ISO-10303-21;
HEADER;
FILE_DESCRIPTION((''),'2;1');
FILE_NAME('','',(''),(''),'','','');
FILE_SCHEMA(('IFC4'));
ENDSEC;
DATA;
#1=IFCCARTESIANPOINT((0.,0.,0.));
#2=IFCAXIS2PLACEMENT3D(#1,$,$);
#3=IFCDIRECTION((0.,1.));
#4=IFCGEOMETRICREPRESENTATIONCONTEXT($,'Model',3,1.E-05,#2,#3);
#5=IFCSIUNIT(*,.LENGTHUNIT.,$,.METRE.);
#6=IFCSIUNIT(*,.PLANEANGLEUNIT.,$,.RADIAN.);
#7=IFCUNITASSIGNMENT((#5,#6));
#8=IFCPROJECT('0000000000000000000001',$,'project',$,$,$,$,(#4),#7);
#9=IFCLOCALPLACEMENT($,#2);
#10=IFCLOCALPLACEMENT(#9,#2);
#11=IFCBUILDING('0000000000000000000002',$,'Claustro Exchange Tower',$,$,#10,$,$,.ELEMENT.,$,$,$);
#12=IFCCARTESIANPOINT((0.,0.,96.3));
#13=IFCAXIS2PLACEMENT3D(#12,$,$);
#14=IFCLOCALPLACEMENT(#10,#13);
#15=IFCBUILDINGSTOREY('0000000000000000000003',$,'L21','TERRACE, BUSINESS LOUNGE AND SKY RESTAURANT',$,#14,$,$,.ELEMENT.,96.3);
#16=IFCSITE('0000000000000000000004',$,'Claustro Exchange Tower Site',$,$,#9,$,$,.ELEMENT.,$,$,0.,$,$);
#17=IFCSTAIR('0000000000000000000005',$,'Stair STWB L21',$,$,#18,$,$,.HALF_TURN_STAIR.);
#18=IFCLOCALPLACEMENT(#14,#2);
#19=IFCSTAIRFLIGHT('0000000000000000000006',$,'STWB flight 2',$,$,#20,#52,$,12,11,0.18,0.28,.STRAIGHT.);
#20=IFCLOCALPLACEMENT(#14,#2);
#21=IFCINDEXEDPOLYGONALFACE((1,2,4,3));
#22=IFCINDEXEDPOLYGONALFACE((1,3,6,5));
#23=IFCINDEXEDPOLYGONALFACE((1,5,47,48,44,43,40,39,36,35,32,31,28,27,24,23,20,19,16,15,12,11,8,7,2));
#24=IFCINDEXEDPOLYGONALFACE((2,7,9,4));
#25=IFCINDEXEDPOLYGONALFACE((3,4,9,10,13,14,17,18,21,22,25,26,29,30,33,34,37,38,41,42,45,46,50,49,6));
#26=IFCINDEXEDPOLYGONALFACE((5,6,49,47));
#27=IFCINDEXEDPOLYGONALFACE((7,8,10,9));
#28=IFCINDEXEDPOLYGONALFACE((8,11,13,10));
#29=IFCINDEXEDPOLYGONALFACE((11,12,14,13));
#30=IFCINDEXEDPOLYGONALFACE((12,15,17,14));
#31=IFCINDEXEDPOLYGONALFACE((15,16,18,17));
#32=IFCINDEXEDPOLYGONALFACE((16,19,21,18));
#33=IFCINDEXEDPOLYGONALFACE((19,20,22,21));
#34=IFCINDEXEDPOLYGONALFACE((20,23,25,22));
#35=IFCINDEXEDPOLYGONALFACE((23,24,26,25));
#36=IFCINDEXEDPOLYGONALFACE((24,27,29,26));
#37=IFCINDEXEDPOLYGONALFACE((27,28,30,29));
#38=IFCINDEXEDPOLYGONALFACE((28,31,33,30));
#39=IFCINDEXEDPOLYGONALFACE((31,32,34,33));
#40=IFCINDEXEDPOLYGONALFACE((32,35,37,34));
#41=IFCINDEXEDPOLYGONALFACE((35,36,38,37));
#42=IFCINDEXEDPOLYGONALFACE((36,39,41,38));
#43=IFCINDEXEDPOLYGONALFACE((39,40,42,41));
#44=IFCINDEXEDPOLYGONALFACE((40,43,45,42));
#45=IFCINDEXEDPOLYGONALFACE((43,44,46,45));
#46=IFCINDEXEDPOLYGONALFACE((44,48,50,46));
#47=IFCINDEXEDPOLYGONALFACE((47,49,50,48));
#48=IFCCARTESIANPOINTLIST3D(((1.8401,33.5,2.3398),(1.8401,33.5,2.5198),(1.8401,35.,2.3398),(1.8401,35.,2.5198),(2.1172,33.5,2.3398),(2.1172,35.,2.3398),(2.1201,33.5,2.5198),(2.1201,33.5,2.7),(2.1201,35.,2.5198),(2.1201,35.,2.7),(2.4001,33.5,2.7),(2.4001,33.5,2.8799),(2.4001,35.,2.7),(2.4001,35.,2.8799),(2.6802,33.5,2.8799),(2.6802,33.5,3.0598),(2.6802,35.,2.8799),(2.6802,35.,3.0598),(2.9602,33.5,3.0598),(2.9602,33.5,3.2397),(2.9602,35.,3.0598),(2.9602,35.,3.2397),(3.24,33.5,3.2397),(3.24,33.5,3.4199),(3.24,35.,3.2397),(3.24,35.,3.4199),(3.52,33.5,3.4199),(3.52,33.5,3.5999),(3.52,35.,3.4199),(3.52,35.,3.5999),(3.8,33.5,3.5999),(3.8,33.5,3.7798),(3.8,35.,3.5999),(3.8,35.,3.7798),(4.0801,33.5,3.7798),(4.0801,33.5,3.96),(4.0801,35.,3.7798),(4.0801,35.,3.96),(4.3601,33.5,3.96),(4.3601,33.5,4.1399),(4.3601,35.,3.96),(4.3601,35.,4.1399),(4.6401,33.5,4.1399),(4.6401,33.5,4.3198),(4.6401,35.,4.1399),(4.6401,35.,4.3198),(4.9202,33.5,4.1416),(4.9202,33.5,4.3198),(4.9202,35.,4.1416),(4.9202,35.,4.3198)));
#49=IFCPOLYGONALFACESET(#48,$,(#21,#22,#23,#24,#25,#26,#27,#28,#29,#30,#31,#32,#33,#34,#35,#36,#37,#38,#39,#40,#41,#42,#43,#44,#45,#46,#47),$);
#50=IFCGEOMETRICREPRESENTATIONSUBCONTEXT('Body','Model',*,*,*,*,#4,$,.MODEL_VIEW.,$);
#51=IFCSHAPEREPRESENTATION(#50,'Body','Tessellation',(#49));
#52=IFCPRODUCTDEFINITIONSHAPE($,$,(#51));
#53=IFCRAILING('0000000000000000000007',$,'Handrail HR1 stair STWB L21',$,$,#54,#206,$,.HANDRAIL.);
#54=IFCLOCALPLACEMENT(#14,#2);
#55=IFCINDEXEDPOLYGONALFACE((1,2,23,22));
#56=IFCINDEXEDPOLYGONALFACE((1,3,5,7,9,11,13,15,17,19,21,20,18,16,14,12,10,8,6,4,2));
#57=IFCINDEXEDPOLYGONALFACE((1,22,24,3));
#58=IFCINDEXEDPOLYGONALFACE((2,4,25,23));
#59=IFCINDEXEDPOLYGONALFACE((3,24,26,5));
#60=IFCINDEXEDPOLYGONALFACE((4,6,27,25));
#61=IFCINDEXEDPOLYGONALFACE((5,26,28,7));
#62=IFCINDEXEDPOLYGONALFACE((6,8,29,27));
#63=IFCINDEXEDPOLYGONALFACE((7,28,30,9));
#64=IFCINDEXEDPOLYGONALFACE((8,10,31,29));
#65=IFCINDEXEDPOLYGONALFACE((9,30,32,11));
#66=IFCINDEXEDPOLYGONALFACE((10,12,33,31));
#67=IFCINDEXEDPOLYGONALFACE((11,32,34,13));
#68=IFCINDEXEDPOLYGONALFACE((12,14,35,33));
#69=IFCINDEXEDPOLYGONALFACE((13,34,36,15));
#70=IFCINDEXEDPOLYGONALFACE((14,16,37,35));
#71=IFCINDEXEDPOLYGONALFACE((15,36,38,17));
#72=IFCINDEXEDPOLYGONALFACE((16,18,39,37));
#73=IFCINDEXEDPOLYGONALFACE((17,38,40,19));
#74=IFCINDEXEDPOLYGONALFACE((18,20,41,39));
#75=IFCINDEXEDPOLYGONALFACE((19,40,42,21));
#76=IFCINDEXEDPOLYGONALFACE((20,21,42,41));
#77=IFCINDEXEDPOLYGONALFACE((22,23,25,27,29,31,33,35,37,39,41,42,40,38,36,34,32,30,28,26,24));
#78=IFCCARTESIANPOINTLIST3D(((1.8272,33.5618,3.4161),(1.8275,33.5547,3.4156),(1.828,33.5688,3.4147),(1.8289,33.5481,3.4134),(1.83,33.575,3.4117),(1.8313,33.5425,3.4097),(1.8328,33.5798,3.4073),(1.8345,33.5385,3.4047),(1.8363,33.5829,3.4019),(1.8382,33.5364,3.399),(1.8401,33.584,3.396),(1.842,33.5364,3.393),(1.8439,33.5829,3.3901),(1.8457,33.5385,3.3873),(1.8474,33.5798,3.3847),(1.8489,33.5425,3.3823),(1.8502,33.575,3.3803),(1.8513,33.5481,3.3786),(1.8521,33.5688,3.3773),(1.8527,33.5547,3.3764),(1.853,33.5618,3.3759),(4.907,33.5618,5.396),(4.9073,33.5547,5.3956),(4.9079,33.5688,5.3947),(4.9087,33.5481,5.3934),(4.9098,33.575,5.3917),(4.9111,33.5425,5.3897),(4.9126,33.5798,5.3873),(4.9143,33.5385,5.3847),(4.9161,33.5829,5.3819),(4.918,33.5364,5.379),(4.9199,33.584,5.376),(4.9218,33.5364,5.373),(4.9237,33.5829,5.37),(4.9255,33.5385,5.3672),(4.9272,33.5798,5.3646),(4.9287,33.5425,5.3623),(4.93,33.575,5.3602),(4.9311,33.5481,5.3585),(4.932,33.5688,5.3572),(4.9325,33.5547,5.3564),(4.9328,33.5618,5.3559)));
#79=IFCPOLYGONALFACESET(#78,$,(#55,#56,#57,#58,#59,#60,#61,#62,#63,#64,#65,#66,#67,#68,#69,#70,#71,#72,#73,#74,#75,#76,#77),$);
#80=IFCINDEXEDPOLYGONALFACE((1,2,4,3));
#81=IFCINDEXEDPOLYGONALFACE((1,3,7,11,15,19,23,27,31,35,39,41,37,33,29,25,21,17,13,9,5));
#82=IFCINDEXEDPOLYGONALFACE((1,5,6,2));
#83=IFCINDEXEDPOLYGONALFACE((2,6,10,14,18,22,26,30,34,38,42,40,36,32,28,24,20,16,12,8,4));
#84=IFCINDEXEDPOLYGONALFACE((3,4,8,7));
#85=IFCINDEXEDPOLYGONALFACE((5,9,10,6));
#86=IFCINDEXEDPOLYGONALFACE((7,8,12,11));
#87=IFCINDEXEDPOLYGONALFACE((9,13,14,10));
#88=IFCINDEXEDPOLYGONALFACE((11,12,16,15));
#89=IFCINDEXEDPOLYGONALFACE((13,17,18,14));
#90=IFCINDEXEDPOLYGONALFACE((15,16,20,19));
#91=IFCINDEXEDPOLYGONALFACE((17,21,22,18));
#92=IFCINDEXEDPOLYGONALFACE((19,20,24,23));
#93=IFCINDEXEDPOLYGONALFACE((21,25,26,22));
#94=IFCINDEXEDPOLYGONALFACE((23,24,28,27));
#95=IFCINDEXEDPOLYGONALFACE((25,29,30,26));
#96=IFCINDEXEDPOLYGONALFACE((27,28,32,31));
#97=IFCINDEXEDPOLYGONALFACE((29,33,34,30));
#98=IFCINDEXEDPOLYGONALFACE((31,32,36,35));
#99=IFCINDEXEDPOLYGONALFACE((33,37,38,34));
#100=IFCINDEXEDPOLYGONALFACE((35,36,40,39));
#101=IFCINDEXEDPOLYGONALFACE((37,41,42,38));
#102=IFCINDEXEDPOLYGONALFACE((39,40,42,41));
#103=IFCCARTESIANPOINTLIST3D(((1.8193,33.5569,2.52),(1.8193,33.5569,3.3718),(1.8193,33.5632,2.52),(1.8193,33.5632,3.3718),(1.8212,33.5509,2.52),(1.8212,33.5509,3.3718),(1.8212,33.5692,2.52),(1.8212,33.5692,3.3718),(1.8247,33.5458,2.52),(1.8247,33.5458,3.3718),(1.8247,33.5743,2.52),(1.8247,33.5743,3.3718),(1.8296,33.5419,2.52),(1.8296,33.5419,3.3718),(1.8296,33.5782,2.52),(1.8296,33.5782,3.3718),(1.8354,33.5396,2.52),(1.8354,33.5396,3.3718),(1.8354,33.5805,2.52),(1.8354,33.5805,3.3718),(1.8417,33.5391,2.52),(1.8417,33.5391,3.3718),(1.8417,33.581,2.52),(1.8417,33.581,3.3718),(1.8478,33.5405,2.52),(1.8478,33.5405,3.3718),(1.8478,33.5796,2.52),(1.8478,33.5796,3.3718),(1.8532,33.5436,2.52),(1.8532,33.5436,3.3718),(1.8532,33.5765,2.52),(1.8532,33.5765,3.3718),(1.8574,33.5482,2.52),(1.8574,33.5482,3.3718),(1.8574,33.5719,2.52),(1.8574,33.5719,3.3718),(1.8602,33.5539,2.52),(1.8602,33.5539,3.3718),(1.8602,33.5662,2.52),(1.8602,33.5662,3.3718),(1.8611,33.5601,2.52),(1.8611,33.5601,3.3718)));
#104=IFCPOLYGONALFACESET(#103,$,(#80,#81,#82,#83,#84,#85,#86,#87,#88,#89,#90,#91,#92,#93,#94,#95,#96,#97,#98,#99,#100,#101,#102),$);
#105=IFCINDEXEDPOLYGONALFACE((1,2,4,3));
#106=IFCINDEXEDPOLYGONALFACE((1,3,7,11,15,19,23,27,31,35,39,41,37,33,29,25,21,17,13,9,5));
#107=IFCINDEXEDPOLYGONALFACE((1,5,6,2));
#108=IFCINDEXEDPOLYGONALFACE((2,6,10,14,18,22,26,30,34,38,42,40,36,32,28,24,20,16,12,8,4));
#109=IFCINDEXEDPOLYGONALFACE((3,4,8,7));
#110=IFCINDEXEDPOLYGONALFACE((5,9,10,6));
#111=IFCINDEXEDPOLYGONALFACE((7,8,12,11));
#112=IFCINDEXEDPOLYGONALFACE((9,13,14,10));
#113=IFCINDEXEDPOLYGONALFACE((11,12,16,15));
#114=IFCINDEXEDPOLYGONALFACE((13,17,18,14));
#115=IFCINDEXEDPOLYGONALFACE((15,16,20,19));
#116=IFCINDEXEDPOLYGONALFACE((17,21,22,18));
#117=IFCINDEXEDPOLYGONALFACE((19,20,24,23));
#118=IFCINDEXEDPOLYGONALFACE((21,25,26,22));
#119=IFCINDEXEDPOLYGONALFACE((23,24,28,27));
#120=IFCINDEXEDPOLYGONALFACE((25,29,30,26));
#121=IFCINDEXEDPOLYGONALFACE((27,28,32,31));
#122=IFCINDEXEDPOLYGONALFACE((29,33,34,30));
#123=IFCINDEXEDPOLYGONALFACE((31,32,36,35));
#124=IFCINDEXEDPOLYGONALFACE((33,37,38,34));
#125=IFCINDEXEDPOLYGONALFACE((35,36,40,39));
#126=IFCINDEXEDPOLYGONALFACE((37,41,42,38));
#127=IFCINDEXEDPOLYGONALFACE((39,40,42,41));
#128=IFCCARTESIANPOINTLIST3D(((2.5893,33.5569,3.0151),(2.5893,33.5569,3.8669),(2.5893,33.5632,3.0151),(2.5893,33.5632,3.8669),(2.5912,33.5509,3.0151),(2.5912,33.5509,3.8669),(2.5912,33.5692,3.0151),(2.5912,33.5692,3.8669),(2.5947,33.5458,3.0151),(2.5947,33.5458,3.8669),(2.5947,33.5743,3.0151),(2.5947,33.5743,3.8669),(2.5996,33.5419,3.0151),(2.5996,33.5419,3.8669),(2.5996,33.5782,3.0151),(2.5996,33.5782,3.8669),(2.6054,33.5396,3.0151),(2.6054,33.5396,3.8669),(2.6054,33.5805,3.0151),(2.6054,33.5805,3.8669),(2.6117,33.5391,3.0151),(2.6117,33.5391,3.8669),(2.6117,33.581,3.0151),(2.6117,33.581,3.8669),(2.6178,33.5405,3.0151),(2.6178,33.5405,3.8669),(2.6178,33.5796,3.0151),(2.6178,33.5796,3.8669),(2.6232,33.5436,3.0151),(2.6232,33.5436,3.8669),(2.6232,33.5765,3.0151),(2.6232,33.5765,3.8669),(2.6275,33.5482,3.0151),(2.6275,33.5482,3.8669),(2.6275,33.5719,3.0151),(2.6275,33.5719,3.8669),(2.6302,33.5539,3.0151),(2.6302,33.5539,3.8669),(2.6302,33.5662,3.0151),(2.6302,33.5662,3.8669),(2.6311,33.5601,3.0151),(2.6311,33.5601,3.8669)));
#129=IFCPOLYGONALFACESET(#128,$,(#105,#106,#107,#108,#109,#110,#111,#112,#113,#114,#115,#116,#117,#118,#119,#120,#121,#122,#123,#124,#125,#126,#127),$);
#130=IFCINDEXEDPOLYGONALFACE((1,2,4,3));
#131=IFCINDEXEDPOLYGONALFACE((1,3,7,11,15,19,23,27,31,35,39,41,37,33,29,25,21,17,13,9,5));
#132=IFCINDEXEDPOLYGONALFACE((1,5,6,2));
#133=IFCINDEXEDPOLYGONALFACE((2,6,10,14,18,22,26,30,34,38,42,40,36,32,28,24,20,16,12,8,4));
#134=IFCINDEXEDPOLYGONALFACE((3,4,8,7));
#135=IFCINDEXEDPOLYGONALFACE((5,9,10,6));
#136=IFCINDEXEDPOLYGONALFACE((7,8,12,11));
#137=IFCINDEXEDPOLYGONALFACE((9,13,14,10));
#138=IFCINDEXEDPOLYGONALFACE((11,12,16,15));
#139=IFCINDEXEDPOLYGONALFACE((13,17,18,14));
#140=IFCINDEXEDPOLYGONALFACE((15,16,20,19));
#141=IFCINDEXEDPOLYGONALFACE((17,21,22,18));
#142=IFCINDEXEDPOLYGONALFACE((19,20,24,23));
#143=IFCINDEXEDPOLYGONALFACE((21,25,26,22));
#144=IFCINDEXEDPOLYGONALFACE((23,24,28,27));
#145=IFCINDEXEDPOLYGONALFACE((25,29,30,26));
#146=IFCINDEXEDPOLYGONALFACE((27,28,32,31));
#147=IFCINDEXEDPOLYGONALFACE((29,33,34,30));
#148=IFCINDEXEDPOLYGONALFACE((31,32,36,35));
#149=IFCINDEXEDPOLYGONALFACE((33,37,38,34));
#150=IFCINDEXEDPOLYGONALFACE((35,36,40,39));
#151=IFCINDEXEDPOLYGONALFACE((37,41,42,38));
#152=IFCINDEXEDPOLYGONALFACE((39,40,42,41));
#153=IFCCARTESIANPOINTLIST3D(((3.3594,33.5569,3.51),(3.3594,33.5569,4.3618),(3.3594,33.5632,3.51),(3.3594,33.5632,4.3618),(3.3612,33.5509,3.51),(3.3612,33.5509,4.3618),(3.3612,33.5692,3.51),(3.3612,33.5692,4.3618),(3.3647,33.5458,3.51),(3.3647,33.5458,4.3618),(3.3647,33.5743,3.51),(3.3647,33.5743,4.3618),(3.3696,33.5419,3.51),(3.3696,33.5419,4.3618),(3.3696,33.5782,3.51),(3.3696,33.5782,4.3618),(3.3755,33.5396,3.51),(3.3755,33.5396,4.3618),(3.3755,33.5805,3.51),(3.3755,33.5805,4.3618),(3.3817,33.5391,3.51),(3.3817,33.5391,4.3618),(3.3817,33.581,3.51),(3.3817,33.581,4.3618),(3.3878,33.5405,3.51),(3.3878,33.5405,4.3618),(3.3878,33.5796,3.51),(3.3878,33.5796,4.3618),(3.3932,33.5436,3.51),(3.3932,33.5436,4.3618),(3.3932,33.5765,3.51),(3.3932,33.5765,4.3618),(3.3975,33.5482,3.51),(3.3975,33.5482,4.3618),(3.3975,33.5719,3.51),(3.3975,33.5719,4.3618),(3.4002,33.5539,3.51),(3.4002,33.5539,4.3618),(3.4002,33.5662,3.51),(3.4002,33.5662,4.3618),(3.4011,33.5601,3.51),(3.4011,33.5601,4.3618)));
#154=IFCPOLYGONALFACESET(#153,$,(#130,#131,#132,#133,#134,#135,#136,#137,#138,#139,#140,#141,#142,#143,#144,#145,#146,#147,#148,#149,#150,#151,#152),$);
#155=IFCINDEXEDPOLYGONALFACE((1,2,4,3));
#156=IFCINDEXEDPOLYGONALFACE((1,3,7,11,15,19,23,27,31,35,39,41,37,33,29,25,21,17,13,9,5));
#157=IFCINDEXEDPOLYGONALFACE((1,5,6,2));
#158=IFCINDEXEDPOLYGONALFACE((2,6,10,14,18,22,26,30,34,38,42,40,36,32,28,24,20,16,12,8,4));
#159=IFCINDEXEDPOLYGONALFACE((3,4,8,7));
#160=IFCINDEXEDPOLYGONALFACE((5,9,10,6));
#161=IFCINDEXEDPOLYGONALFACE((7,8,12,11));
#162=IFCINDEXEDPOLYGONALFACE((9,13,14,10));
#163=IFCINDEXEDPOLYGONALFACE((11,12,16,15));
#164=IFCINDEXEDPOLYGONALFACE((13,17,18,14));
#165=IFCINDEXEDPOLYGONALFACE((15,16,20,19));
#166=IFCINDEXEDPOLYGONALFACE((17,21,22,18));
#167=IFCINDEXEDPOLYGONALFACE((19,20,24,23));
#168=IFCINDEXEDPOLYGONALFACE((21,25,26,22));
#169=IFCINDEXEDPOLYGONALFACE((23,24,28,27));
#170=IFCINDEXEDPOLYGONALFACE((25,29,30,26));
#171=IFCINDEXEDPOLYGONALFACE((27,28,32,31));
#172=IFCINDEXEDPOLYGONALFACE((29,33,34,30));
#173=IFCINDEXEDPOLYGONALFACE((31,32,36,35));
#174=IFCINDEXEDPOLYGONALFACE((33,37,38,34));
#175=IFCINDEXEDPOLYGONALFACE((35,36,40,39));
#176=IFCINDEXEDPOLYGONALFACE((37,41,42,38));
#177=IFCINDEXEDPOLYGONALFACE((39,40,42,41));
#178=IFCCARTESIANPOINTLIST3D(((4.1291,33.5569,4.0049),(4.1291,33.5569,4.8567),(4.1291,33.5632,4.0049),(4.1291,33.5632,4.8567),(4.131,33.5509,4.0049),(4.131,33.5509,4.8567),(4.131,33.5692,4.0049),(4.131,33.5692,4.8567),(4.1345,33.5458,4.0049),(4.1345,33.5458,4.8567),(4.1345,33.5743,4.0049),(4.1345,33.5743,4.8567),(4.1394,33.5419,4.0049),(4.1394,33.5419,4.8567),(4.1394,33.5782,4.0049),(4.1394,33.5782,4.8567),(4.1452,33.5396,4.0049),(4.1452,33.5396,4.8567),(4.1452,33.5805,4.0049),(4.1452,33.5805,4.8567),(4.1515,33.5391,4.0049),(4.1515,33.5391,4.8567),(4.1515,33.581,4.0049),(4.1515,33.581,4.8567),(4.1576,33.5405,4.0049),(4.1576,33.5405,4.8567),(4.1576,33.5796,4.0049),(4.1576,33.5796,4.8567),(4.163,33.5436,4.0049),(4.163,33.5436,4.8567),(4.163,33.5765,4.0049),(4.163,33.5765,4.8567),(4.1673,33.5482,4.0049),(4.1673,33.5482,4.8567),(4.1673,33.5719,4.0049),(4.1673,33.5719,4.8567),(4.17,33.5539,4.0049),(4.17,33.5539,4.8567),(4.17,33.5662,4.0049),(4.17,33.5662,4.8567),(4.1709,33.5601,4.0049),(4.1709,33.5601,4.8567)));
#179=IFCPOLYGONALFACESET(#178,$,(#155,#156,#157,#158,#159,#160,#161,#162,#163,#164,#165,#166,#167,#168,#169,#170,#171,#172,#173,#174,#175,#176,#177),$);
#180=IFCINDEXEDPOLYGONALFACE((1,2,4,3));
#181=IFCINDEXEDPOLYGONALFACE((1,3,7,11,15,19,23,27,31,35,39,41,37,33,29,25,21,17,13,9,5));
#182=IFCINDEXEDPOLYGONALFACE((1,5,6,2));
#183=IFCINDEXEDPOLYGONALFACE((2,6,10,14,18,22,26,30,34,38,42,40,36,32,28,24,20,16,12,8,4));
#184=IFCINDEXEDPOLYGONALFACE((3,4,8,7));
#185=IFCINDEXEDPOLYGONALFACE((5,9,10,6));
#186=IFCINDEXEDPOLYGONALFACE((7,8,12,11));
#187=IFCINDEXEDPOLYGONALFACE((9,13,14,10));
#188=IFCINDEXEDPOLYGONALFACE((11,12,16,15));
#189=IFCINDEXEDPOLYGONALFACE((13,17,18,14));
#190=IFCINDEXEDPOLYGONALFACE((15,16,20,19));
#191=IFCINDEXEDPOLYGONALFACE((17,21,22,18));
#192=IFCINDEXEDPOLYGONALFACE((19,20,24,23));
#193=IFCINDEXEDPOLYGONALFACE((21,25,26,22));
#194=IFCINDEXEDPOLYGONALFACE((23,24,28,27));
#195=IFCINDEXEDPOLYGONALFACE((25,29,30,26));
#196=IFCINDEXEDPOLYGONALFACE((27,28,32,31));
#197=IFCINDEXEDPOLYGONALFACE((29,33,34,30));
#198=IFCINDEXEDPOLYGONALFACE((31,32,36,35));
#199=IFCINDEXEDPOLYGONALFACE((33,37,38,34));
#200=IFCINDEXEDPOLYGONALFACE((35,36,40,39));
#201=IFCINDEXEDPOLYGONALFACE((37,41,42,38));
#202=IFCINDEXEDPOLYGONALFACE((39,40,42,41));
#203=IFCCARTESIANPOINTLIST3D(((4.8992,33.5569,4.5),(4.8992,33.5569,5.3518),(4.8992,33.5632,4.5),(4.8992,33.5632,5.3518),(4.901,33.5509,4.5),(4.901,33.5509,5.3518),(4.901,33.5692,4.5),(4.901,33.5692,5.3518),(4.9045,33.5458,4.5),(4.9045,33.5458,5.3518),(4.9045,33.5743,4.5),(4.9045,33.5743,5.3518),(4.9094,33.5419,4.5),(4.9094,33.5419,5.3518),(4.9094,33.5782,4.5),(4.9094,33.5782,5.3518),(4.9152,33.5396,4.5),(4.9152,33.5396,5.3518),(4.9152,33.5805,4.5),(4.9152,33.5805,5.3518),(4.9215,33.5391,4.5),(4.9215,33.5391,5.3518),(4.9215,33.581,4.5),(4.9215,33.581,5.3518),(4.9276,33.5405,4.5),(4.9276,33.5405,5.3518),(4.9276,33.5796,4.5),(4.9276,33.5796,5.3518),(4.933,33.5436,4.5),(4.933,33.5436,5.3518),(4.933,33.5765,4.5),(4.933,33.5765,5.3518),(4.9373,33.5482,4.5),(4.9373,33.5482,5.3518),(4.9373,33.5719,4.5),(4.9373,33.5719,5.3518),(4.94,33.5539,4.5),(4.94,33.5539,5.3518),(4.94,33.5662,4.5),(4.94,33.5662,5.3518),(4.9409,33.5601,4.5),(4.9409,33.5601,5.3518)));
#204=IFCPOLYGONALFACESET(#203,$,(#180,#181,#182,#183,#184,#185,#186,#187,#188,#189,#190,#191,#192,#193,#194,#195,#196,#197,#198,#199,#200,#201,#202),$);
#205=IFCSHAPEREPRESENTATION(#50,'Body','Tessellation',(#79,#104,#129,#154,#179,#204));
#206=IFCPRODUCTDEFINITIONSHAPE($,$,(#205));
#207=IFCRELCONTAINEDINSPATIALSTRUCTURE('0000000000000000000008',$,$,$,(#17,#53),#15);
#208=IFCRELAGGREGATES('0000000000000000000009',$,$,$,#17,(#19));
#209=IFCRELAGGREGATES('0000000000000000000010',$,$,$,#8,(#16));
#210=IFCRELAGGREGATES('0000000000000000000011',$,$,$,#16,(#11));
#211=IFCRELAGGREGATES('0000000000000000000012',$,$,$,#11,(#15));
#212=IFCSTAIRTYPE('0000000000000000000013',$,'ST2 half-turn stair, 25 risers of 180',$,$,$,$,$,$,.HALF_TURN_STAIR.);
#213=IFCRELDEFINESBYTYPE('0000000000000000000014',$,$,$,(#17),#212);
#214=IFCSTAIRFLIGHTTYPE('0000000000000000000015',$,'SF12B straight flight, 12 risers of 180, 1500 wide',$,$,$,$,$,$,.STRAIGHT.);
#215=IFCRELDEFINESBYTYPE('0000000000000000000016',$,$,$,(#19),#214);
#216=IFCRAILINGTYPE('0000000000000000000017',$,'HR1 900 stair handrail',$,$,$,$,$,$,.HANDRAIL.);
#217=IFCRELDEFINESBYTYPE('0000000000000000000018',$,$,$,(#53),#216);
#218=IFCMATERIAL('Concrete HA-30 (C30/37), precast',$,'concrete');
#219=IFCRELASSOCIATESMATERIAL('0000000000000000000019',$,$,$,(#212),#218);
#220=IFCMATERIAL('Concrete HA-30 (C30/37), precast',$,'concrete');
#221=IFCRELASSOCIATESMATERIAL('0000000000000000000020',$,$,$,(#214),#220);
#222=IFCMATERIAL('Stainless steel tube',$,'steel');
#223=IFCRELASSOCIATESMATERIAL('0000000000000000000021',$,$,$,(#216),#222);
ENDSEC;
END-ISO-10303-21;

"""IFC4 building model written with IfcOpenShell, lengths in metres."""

from ifc_helpers import new_model, si_unit, direction, frame, origin, origin_2d, place, context, subcontext, project, spatial, polyline, circle, outline, extrude, material, type_object, element, aggregate, save


model = new_model("IFC4")

# Units and contexts
model_context = context("Model", 3, precision=1e-05, world=origin(), true_north=direction((0.0, 1.0)))
body_context = subcontext(model_context, "Body", "Model", "MODEL_VIEW")
ifc_project = project(units=[si_unit("LENGTHUNIT", "METRE"), si_unit("PLANEANGLEUNIT", "RADIAN")], contexts=[model_context])

# Site, building, storey
site_placement = place(None, origin())
site = spatial("IfcSite", under=ifc_project, at=site_placement, Name="Claustro Exchange Tower Site", CompositionType="ELEMENT", RefElevation=0.0)
building_placement = place(site_placement, origin())
building = spatial("IfcBuilding", under=site, at=building_placement, Name="Claustro Exchange Tower", CompositionType="ELEMENT")
storey_placement = place(building_placement, frame((0.0, 0.0, 96.3)))
storey = spatial("IfcBuildingStorey", under=building, at=storey_placement, Name="L21", Description="TERRACE, BUSINESS LOUNGE AND SKY RESTAURANT", CompositionType="ELEMENT", Elevation=96.3)

# Stair, stair flight
ifc_material_1 = material(Name="Concrete HA-30 (C30/37), precast", Category="concrete")
stair_type = type_object("IfcStairType", Name="ST2 half-turn stair, 25 risers of 180", PredefinedType="HALF_TURN_STAIR", material=ifc_material_1)
stair_placement = place(storey_placement, origin())
stair = element("IfcStair", 1, at=stair_placement, inside=storey, type_object=stair_type, Name="Stair STWB L21", PredefinedType="HALF_TURN_STAIR")
ifc_material_2 = material(Name="Concrete HA-30 (C30/37), precast", Category="concrete")
stair_flight_type = type_object("IfcStairFlightType", Name="SF12B straight flight, 12 risers of 180, 1500 wide", PredefinedType="STRAIGHT", material=ifc_material_2)
stair_flight_placement = place(storey_placement, frame((1.8401, 34.25, 2.3398), z_axis=(0.0, 0.0, 1.0), x_axis=(1.0, 0.0, 0.0)))
stair_flight = element("IfcStairFlight", 2, at=stair_flight_placement, type_object=stair_flight_type, Name="STWB flight 2", NumberOfRisers=12, NumberOfTreads=11, PredefinedType="STRAIGHT", RiserHeight=0.18, TreadLength=0.28, context=body_context, shape_type="SweptSolid", body=[
    extrude(outline(polyline([(0.0, 0.0), (0.0, 0.1799), (0.28, 0.1799), (0.28, 0.3601), (0.5601, 0.3601), (0.5601, 0.54), (0.8401, 0.54), (0.8401, 0.72), (1.1201, 0.72), (1.1201, 0.8999), (1.3999, 0.8999), (1.3999, 1.0801), (1.6799, 1.0801), (1.6799, 1.26), (1.96, 1.26), (1.96, 1.4399), (2.24, 1.4399), (2.24, 1.6201), (2.52, 1.6201), (2.52, 1.8), (2.8, 1.8), (2.8, 1.98), (3.0801, 1.98), (3.0801, 2.1599), (3.0801, 1.8018), (0.2771, 0.0), (0.0, 0.0)])), frame((0.0, 0.75, 0.0), z_axis=(0.0, -1.0, 0.0), x_axis=(1.0, 0.0, 0.0)), (0.0, 0.0, 1.0), 1.5),
])
aggregate(stair, [stair_flight])

# Railing
ifc_material_3 = material(Name="Stainless steel tube", Category="steel")
railing_type = type_object("IfcRailingType", Name="HR1 900 stair handrail", PredefinedType="HANDRAIL", material=ifc_material_3)
railing_placement = place(storey_placement, frame((1.8401, 33.5601, 2.52)))
element("IfcRailing", 3, at=railing_placement, inside=storey, type_object=railing_type, Name="Handrail HR1 stair STWB L21", PredefinedType="HANDRAIL", context=body_context, shape_type="SweptSolid", body=[
    extrude(circle(Radius=0.0239, at=origin_2d()), frame((0.0, 0.0, 0.876), z_axis=(0.841168, 0.0, 0.540774), x_axis=(0.0, 1.0, 0.0)), (0.0, 0.0, 1.0), 3.6614),
    extrude(circle(Radius=0.021, at=origin_2d()), origin(), (0.0, 0.0, 1.0), 0.8518),
    extrude(circle(Radius=0.021, at=origin_2d()), frame((0.77, 0.0, 0.4951)), (0.0, 0.0, 1.0), 0.8518),
    extrude(circle(Radius=0.021, at=origin_2d()), frame((1.54, 0.0, 0.99)), (0.0, 0.0, 1.0), 0.8518),
    extrude(circle(Radius=0.021, at=origin_2d()), frame((2.3098, 0.0, 1.4849)), (0.0, 0.0, 1.0), 0.8518),
    extrude(circle(Radius=0.021, at=origin_2d()), frame((3.0798, 0.0, 1.98)), (0.0, 0.0, 1.0), 0.8518),
])

save(model, "model.ifc")
